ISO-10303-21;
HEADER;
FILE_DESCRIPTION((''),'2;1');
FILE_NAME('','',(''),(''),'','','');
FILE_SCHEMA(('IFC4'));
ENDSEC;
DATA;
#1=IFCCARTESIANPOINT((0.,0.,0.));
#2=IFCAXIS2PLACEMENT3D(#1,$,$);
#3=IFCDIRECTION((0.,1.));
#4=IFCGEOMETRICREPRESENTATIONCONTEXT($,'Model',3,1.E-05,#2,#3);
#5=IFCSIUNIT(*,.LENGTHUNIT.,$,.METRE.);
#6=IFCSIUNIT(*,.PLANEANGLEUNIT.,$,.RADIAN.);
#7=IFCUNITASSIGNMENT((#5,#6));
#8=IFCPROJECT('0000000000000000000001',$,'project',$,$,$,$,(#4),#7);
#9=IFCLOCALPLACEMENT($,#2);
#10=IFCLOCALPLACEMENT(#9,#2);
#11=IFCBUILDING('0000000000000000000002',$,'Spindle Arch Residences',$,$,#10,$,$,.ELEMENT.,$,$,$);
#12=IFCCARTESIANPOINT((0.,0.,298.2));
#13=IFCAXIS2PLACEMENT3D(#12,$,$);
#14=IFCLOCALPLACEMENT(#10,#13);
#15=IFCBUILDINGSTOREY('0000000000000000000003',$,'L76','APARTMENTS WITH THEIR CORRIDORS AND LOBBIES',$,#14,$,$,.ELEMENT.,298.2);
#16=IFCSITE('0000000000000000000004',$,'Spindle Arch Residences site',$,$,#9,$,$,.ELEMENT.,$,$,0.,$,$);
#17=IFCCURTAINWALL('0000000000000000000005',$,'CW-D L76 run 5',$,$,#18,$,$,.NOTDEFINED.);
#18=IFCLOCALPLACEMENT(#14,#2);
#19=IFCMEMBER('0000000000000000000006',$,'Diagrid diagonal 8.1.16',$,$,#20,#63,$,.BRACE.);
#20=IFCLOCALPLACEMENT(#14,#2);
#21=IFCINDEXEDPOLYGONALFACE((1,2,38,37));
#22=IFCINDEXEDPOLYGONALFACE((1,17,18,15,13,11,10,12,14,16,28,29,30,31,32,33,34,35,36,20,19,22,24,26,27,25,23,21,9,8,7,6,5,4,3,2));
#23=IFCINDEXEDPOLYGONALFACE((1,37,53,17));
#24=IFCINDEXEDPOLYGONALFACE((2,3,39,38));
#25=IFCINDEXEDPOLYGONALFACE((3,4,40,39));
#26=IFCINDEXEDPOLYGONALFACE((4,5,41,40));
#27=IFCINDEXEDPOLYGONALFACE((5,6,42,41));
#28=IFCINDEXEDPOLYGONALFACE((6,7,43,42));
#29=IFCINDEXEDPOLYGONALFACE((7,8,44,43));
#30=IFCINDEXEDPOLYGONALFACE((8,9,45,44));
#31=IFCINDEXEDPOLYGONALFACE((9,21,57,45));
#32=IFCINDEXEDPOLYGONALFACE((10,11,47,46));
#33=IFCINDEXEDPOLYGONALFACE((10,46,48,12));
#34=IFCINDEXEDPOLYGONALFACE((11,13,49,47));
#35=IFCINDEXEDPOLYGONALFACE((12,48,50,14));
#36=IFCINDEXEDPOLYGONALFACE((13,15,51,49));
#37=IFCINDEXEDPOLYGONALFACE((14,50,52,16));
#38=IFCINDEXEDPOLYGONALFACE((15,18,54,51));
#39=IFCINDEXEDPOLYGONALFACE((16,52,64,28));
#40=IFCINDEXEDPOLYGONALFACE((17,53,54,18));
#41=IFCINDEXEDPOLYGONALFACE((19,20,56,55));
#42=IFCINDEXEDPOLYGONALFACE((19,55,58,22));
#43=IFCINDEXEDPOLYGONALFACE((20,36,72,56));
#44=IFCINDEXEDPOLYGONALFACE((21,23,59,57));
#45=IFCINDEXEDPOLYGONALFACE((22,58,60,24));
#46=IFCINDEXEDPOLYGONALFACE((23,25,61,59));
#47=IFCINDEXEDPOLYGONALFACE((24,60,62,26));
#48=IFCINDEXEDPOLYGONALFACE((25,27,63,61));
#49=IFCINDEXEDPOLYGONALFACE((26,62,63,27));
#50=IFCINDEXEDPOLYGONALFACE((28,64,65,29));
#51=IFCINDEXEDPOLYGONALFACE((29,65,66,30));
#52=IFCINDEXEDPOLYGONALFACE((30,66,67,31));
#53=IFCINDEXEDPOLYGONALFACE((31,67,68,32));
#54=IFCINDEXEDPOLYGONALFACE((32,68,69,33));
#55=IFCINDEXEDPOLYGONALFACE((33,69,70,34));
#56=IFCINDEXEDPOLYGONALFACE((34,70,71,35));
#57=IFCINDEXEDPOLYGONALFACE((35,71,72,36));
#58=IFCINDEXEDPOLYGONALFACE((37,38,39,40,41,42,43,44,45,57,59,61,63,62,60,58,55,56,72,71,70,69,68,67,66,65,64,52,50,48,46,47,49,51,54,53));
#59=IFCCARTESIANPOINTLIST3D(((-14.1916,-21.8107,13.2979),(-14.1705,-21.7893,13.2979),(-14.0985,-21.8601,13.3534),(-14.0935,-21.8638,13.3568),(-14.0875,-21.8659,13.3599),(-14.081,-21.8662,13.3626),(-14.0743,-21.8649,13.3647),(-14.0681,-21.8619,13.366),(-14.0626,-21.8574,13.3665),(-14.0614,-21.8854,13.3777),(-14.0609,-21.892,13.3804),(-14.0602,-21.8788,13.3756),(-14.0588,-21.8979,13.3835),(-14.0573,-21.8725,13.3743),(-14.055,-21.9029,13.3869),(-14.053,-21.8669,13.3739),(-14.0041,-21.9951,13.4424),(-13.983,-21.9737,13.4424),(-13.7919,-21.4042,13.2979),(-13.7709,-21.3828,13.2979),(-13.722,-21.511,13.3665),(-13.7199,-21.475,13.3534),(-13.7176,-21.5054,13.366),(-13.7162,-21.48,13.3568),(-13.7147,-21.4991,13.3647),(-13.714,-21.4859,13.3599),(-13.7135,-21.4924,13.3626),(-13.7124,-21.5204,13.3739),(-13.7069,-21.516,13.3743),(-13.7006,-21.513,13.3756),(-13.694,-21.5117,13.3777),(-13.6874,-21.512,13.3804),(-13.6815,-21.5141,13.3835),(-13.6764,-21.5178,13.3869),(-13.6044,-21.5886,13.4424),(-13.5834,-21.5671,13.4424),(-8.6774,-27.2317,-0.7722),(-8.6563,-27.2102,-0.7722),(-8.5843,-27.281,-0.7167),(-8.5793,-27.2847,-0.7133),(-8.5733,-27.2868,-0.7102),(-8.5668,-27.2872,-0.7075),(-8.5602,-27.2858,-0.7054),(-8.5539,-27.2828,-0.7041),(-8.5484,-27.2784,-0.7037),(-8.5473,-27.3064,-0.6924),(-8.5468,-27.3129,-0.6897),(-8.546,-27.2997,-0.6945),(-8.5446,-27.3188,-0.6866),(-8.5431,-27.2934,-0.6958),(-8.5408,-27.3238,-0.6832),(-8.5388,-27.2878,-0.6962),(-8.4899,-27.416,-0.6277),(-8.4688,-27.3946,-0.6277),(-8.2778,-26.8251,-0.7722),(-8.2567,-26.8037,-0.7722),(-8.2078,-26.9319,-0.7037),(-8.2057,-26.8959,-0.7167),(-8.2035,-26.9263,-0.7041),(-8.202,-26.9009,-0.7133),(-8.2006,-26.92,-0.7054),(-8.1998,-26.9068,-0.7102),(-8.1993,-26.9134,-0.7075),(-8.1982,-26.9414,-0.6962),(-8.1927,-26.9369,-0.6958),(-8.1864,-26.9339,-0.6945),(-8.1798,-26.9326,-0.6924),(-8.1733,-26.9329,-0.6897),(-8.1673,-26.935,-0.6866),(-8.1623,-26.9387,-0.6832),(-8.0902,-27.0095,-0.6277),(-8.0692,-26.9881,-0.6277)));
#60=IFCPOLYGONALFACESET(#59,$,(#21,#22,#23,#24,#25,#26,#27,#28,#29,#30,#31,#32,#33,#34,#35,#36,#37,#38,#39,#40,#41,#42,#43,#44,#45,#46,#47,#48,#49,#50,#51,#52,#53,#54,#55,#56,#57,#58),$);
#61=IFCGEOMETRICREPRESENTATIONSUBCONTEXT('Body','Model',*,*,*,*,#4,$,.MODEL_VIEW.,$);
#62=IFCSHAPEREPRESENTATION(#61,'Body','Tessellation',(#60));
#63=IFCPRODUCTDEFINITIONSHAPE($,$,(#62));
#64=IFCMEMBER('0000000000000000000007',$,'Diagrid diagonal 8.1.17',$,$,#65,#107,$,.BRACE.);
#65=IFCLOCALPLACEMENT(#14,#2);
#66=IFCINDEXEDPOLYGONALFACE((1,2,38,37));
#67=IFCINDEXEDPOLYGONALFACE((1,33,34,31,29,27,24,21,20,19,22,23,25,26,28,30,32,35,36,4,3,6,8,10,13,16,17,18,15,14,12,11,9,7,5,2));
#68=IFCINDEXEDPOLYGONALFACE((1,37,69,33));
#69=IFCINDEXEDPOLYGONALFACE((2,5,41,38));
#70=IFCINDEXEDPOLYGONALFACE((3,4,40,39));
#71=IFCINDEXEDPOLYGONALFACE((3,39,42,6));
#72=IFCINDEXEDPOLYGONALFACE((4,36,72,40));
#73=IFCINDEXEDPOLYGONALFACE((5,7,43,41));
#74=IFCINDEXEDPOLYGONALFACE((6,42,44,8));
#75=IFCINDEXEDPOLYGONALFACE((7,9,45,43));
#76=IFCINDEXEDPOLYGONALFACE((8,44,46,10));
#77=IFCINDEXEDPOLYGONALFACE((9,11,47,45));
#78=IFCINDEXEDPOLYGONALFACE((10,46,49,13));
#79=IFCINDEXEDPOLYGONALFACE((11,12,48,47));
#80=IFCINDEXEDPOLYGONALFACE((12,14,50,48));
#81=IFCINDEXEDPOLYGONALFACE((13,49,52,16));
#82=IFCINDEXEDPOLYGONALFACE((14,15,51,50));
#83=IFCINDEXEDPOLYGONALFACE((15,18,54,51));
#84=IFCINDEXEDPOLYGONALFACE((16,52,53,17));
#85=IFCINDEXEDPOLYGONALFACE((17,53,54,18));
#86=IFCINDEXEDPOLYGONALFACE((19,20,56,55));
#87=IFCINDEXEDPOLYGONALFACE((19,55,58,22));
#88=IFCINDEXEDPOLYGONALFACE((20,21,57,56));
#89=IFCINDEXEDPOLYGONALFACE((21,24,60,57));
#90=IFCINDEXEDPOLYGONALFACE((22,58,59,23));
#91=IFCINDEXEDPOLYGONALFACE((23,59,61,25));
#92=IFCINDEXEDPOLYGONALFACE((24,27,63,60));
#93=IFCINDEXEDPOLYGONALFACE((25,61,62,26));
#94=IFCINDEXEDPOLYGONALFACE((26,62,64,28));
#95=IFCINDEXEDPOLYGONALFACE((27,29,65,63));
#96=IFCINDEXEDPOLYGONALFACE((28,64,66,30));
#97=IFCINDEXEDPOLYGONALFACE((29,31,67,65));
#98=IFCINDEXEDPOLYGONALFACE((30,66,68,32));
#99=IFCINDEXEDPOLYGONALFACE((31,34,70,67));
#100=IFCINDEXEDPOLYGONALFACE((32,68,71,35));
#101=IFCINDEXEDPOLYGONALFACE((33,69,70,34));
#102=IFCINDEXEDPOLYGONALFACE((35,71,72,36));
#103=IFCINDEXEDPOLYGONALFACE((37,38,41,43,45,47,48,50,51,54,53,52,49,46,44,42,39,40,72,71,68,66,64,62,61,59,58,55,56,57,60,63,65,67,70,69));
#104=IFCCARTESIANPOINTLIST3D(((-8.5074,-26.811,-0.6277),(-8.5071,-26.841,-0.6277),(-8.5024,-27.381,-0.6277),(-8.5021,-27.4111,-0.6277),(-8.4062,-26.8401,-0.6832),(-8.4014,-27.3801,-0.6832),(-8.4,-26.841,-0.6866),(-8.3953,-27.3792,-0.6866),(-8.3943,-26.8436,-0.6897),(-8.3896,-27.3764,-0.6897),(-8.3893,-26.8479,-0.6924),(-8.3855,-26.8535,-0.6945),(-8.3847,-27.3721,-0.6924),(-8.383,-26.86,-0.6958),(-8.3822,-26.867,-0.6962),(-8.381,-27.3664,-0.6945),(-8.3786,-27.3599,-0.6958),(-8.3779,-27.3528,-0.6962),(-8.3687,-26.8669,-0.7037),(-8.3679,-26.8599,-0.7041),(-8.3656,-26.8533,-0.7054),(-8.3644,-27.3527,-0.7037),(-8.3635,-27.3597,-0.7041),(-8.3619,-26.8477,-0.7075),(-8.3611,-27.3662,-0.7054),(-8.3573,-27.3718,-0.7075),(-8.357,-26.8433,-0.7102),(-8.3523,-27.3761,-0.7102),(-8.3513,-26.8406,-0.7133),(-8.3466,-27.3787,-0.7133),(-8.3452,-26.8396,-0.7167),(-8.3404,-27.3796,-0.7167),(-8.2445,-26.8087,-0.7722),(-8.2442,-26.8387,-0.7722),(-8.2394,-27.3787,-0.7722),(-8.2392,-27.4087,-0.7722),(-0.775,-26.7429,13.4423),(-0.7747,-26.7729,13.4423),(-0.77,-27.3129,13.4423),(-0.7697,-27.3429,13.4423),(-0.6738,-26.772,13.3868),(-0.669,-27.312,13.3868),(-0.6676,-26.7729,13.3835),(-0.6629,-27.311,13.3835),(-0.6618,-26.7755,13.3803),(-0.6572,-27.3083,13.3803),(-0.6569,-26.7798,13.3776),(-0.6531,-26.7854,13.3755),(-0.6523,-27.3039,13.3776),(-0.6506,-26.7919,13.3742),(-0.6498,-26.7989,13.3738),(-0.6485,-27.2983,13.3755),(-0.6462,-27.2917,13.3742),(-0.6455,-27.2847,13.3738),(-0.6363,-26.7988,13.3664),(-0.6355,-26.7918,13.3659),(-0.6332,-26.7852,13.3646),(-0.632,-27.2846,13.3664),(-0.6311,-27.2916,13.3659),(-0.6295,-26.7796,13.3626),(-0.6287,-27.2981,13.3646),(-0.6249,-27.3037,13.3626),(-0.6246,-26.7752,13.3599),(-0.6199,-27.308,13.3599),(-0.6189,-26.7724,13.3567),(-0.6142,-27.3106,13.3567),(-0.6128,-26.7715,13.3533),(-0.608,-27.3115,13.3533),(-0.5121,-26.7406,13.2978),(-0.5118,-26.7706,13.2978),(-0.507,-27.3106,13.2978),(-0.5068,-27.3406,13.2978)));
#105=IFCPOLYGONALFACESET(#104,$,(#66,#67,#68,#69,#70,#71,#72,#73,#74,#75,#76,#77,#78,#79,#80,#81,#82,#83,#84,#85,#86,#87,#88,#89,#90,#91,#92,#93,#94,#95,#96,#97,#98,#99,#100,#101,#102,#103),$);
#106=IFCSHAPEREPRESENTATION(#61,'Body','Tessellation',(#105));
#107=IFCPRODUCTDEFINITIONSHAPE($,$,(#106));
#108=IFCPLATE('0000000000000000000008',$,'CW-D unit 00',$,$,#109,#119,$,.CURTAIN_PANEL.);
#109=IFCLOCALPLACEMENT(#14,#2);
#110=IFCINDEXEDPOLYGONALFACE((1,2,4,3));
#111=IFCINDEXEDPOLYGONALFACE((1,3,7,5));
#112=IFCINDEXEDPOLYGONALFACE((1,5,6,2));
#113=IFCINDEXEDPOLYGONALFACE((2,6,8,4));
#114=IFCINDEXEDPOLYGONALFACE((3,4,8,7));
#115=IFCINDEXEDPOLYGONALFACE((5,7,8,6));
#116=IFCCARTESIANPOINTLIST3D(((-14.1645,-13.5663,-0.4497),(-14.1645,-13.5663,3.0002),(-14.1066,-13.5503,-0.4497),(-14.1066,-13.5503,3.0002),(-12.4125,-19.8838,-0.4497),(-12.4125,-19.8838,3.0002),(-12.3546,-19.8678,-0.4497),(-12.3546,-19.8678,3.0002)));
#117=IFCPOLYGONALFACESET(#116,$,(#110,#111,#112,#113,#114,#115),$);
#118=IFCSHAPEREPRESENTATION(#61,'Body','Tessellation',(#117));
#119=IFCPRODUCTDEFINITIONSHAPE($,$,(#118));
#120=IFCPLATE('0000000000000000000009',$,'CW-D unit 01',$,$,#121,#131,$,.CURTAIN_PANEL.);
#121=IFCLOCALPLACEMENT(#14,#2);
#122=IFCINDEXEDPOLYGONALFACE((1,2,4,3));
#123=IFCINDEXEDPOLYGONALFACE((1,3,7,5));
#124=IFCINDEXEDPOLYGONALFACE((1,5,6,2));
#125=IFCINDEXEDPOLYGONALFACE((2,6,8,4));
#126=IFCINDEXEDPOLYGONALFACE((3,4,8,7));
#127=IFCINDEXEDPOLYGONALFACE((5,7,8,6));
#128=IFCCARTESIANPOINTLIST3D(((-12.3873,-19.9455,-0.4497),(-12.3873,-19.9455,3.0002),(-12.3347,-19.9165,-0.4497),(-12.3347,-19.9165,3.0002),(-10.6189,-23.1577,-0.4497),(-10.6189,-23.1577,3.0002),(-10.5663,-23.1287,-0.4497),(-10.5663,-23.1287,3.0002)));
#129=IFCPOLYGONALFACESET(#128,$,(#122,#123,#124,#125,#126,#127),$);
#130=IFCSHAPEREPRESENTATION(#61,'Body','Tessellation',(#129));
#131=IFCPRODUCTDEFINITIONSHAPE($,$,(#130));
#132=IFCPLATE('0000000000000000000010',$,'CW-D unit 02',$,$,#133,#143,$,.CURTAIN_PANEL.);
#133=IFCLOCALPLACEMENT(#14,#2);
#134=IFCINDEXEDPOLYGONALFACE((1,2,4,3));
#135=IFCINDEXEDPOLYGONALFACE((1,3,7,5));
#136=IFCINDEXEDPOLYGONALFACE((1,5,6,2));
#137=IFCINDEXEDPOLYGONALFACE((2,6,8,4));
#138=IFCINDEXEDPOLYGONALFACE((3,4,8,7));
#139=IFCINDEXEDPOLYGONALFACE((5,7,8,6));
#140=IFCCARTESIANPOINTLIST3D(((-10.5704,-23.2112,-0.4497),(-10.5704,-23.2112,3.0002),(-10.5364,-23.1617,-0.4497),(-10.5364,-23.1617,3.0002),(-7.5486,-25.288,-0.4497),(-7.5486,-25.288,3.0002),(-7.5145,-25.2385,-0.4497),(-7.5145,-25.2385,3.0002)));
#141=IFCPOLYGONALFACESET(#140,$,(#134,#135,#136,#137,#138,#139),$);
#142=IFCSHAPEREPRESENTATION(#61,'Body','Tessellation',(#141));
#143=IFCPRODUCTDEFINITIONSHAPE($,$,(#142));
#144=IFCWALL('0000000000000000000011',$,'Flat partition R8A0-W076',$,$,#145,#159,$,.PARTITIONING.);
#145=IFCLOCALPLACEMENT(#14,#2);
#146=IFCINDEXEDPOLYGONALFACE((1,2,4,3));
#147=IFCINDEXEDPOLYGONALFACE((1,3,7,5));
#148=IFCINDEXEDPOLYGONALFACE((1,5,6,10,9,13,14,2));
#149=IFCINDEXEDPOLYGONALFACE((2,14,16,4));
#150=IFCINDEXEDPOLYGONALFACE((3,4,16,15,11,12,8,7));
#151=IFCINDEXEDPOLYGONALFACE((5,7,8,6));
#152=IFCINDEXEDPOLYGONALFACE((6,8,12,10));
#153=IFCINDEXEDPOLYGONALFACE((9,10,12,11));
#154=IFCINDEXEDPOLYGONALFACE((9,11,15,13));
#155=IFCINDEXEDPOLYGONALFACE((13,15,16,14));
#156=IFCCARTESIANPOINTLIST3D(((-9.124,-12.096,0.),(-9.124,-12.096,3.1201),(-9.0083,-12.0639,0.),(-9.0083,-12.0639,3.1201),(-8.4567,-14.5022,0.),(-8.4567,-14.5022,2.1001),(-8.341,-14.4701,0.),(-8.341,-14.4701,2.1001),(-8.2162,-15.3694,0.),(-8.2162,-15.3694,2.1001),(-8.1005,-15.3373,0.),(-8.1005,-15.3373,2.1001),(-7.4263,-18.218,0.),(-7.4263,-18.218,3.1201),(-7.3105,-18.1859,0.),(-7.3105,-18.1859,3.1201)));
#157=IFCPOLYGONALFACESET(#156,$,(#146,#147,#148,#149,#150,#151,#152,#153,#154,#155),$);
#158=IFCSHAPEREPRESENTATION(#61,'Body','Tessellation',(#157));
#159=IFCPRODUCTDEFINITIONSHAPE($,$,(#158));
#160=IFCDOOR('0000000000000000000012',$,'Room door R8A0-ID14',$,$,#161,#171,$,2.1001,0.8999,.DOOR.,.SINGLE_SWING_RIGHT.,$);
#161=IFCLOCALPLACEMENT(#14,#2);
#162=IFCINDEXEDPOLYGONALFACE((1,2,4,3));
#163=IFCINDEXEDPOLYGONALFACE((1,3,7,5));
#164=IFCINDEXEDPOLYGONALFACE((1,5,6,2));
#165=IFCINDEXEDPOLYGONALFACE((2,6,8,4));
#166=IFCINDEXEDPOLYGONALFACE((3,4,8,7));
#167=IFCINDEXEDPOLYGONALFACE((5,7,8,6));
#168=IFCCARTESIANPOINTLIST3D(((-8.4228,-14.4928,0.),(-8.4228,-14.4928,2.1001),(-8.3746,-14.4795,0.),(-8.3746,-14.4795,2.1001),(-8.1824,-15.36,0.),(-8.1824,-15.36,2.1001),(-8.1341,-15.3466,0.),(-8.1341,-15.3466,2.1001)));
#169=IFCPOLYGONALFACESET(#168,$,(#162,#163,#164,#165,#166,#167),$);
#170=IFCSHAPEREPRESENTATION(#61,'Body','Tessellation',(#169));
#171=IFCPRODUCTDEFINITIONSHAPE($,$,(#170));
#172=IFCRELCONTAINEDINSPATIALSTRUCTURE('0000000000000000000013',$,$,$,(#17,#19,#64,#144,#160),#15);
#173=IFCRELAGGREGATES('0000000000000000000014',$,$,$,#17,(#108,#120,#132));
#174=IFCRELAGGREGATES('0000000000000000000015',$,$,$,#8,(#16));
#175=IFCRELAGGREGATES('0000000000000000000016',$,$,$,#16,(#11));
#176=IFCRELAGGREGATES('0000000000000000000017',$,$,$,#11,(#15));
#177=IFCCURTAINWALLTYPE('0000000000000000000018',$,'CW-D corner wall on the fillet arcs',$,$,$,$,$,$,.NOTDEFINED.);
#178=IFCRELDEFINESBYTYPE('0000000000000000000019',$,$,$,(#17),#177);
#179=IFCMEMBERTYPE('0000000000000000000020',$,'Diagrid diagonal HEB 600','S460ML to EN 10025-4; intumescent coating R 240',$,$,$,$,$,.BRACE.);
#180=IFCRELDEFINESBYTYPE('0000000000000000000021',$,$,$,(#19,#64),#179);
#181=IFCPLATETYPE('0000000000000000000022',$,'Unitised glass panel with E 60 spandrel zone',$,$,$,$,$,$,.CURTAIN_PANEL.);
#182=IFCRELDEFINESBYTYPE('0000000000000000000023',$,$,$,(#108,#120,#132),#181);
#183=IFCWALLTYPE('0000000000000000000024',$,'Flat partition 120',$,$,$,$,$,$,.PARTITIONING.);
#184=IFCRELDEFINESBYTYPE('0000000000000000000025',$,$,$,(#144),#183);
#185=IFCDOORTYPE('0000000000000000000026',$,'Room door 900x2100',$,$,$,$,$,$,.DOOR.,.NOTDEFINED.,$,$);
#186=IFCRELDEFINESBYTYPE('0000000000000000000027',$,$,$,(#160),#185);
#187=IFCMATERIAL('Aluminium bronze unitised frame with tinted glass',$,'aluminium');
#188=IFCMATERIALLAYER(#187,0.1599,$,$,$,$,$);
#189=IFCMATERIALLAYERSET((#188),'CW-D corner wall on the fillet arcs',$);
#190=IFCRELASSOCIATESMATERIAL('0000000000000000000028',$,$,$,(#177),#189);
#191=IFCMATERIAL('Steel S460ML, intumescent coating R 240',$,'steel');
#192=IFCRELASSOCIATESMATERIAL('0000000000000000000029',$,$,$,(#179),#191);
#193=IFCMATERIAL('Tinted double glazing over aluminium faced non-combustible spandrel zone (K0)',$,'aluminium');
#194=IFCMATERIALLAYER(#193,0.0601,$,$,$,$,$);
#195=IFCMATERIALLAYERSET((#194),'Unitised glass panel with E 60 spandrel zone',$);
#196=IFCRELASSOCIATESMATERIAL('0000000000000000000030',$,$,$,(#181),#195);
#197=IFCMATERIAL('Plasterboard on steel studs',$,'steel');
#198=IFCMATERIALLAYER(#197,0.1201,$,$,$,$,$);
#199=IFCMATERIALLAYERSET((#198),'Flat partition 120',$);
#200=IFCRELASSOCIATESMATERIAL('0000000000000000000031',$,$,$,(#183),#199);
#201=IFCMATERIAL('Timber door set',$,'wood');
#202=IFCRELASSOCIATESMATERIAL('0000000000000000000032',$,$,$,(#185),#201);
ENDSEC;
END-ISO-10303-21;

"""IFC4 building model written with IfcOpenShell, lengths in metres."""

from ifc_helpers import new_model, si_unit, direction, frame, frame_2d, origin, origin_2d, place, context, subcontext, project, spatial, rectangle, i_section, extrude, material, layer, layer_set, material_profile, profile_set, type_object, element, fill, aggregate, save


model = new_model("IFC4")

# Units and contexts
model_context = context("Model", 3, precision=1e-05, world=origin(), true_north=direction((0.0, 1.0)))
body_context = subcontext(model_context, "Body", "Model", "MODEL_VIEW")
ifc_project = project(units=[si_unit("LENGTHUNIT", "METRE"), si_unit("PLANEANGLEUNIT", "RADIAN")], contexts=[model_context])

# Site, building, storey
site_placement = place(None, origin())
site = spatial("IfcSite", under=ifc_project, at=site_placement, Name="Spindle Arch Residences site", CompositionType="ELEMENT", RefElevation=0.0)
building_placement = place(site_placement, origin())
building = spatial("IfcBuilding", under=site, at=building_placement, Name="Spindle Arch Residences", CompositionType="ELEMENT")
storey_placement = place(building_placement, frame((0.0, 0.0, 298.2)))
storey = spatial("IfcBuildingStorey", under=building, at=storey_placement, Name="L76", Description="APARTMENTS WITH THEIR CORRIDORS AND LOBBIES", CompositionType="ELEMENT", Elevation=298.2)

# Curtain wall
ifc_material_1 = material(Name="Aluminium bronze unitised frame with tinted glass", Category="aluminium")
ifc_layer_1 = layer(ifc_material_1, 0.1599)
ifc_layer_set_1 = layer_set([ifc_layer_1], Name="CW-D corner wall on the fillet arcs")
curtain_wall_type = type_object("IfcCurtainWallType", Name="CW-D corner wall on the fillet arcs", PredefinedType="NOTDEFINED", material=ifc_layer_set_1)
curtain_wall_placement = place(storey_placement, origin())
curtain_wall = element("IfcCurtainWall", 1, at=curtain_wall_placement, inside=storey, type_object=curtain_wall_type, Name="CW-D L76 run 5", PredefinedType="NOTDEFINED")

# Members
ifc_material_2 = material(Name="Steel S460ML, intumescent coating R 240", Category="steel")
ifc_material_profile_1 = material_profile(ifc_material_2, i_section(OverallWidth=0.3, OverallDepth=0.6001, WebThickness=0.0154, FlangeThickness=0.03, FilletRadius=0.0271, at=origin_2d()), Name="HEB 600")
ifc_profile_set_1 = profile_set([ifc_material_profile_1], Name="Steel S460ML, intumescent coating R 240")
member_type_1 = type_object("IfcMemberType", Name="Diagrid diagonal HEB 600", Description="S460ML to EN 10025-4; intumescent coating R 240", PredefinedType="BRACE", material=ifc_profile_set_1)
for number, where, z_axis, x_axis, name in (
    (2, (-8.3733, -27.1099, -0.7), (-0.343457, 0.337648, 0.876374), (0.624952, -0.614382, 0.481632), "Diagrid diagonal 8.1.16"),
    (3, (-8.3733, -27.1099, -0.7), (0.481622, 0.004243, 0.876369), (-0.876335, -0.00772, 0.481641), "Diagrid diagonal 8.1.17"),
):
    element("IfcMember", number, at=place(storey_placement, frame(where, z_axis=z_axis, x_axis=x_axis)), inside=storey, type_object=member_type_1, Name=name, PredefinedType="BRACE", context=body_context, shape_type="SweptSolid", body=[
        extrude(i_section(OverallWidth=0.3, OverallDepth=0.6001, WebThickness=0.0154, FlangeThickness=0.03, FilletRadius=0.0271, at=origin_2d()), origin(), (0.0, 0.0, 1.0), 16.0549),
    ])

# Plates
ifc_material_3 = material(Name="Tinted double glazing over aluminium faced non-combustible spandrel zone (K0)", Category="aluminium")
ifc_layer_2 = layer(ifc_material_3, 0.0601)
ifc_layer_set_2 = layer_set([ifc_layer_2], Name="Unitised glass panel with E 60 spandrel zone")
plate_type = type_object("IfcPlateType", Name="Unitised glass panel with E 60 spandrel zone", PredefinedType="CURTAIN_PANEL", material=ifc_layer_set_2)
plate_1_placement = place(storey_placement, frame((-13.2595, -16.717, -0.4497), z_axis=(0.0, 0.0, 1.0), x_axis=(0.267238, -0.96363, 0.0)))
plate_1 = element("IfcPlate", 4, at=plate_1_placement, type_object=plate_type, Name="CW-D unit 00", PredefinedType="CURTAIN_PANEL", context=body_context, shape_type="SweptSolid", body=[
    extrude(rectangle(XDim=6.5559, YDim=0.0601, at=origin_2d()), origin(), (0.0, 0.0, 1.0), 3.45),
])
plate_2_placement = place(storey_placement, frame((-11.4768, -21.5371, -0.4497), z_axis=(0.0, 0.0, 1.0), x_axis=(0.482263, -0.876026, 0.0)))
plate_2 = element("IfcPlate", 5, at=plate_2_placement, type_object=plate_type, Name="CW-D unit 01", PredefinedType="CURTAIN_PANEL", context=body_context, shape_type="SweptSolid", body=[
    extrude(rectangle(XDim=3.6667, YDim=0.0601, at=origin_2d()), origin(), (0.0, 0.0, 1.0), 3.45),
])
plate_3_placement = place(storey_placement, frame((-9.0425, -24.2249, -0.4497), z_axis=(0.0, 0.0, 1.0), x_axis=(0.824126, -0.566406, 0.0)))
plate_3 = element("IfcPlate", 6, at=plate_3_placement, type_object=plate_type, Name="CW-D unit 02", PredefinedType="CURTAIN_PANEL", context=body_context, shape_type="SweptSolid", body=[
    extrude(rectangle(XDim=3.6667, YDim=0.0601, at=origin_2d()), origin(), (0.0, 0.0, 1.0), 3.45),
])
aggregate(curtain_wall, [plate_1, plate_2, plate_3])

# Wall, opening, door
ifc_material_4 = material(Name="Plasterboard on steel studs", Category="steel")
ifc_layer_3 = layer(ifc_material_4, 0.1201)
ifc_layer_set_3 = layer_set([ifc_layer_3], Name="Flat partition 120")
wall_type_1 = type_object("IfcWallType", Name="Flat partition 120", PredefinedType="PARTITIONING", material=ifc_layer_set_3)
wall_1_placement = place(storey_placement, frame((-7.3684, -18.2019, 0.0), z_axis=(0.0, 0.0, 1.0), x_axis=(-0.267232, 0.963632, 0.0)))
wall_1 = element("IfcWall", 7, at=wall_1_placement, inside=storey, type_object=wall_type_1, Name="Flat partition R8A0-W076", PredefinedType="PARTITIONING", context=body_context, shape_type="SweptSolid", body=[
    extrude(rectangle(XDim=6.353, YDim=0.1201, at=frame_2d((3.1765, 0.0))), origin(), (0.0, 0.0, 1.0), 3.1201),
])
opening_1_placement = place(wall_1_placement, frame((2.9561, 0.0, 0.0)))
opening_1 = element("IfcOpeningElement", 8, at=opening_1_placement, cuts=wall_1, PredefinedType="OPENING", context=body_context, shape_type="SweptSolid", body=[
    extrude(rectangle(XDim=0.8999, YDim=2.1001, at=frame_2d((0.45, 1.05))), frame((0.0, 0.0701, 0.0), z_axis=(0.0, -1.0, 0.0), x_axis=(1.0, 0.0, 0.0)), (0.0, 0.0, 1.0), 0.1401),
])
ifc_material_5 = material(Name="Timber door set", Category="wood")
door_type_1 = type_object("IfcDoorType", Name="Room door 900x2100", OperationType="NOTDEFINED", PredefinedType="DOOR", material=ifc_material_5)
door_1_placement = place(opening_1_placement, origin())
door_1 = element("IfcDoor", 9, at=door_1_placement, inside=storey, type_object=door_type_1, Name="Room door R8A0-ID14", OperationType="SINGLE_SWING_RIGHT", OverallHeight=2.1001, OverallWidth=0.8999, PredefinedType="DOOR", context=body_context, shape_type="SweptSolid", body=[
    extrude(rectangle(XDim=0.8999, YDim=2.1001, at=frame_2d((0.45, 1.05))), frame((0.0, 0.0249, 0.0), z_axis=(0.0, -1.0, 0.0), x_axis=(1.0, 0.0, 0.0)), (0.0, 0.0, 1.0), 0.05),
])
fill(opening_1, door_1)

save(model, "model.ifc")
